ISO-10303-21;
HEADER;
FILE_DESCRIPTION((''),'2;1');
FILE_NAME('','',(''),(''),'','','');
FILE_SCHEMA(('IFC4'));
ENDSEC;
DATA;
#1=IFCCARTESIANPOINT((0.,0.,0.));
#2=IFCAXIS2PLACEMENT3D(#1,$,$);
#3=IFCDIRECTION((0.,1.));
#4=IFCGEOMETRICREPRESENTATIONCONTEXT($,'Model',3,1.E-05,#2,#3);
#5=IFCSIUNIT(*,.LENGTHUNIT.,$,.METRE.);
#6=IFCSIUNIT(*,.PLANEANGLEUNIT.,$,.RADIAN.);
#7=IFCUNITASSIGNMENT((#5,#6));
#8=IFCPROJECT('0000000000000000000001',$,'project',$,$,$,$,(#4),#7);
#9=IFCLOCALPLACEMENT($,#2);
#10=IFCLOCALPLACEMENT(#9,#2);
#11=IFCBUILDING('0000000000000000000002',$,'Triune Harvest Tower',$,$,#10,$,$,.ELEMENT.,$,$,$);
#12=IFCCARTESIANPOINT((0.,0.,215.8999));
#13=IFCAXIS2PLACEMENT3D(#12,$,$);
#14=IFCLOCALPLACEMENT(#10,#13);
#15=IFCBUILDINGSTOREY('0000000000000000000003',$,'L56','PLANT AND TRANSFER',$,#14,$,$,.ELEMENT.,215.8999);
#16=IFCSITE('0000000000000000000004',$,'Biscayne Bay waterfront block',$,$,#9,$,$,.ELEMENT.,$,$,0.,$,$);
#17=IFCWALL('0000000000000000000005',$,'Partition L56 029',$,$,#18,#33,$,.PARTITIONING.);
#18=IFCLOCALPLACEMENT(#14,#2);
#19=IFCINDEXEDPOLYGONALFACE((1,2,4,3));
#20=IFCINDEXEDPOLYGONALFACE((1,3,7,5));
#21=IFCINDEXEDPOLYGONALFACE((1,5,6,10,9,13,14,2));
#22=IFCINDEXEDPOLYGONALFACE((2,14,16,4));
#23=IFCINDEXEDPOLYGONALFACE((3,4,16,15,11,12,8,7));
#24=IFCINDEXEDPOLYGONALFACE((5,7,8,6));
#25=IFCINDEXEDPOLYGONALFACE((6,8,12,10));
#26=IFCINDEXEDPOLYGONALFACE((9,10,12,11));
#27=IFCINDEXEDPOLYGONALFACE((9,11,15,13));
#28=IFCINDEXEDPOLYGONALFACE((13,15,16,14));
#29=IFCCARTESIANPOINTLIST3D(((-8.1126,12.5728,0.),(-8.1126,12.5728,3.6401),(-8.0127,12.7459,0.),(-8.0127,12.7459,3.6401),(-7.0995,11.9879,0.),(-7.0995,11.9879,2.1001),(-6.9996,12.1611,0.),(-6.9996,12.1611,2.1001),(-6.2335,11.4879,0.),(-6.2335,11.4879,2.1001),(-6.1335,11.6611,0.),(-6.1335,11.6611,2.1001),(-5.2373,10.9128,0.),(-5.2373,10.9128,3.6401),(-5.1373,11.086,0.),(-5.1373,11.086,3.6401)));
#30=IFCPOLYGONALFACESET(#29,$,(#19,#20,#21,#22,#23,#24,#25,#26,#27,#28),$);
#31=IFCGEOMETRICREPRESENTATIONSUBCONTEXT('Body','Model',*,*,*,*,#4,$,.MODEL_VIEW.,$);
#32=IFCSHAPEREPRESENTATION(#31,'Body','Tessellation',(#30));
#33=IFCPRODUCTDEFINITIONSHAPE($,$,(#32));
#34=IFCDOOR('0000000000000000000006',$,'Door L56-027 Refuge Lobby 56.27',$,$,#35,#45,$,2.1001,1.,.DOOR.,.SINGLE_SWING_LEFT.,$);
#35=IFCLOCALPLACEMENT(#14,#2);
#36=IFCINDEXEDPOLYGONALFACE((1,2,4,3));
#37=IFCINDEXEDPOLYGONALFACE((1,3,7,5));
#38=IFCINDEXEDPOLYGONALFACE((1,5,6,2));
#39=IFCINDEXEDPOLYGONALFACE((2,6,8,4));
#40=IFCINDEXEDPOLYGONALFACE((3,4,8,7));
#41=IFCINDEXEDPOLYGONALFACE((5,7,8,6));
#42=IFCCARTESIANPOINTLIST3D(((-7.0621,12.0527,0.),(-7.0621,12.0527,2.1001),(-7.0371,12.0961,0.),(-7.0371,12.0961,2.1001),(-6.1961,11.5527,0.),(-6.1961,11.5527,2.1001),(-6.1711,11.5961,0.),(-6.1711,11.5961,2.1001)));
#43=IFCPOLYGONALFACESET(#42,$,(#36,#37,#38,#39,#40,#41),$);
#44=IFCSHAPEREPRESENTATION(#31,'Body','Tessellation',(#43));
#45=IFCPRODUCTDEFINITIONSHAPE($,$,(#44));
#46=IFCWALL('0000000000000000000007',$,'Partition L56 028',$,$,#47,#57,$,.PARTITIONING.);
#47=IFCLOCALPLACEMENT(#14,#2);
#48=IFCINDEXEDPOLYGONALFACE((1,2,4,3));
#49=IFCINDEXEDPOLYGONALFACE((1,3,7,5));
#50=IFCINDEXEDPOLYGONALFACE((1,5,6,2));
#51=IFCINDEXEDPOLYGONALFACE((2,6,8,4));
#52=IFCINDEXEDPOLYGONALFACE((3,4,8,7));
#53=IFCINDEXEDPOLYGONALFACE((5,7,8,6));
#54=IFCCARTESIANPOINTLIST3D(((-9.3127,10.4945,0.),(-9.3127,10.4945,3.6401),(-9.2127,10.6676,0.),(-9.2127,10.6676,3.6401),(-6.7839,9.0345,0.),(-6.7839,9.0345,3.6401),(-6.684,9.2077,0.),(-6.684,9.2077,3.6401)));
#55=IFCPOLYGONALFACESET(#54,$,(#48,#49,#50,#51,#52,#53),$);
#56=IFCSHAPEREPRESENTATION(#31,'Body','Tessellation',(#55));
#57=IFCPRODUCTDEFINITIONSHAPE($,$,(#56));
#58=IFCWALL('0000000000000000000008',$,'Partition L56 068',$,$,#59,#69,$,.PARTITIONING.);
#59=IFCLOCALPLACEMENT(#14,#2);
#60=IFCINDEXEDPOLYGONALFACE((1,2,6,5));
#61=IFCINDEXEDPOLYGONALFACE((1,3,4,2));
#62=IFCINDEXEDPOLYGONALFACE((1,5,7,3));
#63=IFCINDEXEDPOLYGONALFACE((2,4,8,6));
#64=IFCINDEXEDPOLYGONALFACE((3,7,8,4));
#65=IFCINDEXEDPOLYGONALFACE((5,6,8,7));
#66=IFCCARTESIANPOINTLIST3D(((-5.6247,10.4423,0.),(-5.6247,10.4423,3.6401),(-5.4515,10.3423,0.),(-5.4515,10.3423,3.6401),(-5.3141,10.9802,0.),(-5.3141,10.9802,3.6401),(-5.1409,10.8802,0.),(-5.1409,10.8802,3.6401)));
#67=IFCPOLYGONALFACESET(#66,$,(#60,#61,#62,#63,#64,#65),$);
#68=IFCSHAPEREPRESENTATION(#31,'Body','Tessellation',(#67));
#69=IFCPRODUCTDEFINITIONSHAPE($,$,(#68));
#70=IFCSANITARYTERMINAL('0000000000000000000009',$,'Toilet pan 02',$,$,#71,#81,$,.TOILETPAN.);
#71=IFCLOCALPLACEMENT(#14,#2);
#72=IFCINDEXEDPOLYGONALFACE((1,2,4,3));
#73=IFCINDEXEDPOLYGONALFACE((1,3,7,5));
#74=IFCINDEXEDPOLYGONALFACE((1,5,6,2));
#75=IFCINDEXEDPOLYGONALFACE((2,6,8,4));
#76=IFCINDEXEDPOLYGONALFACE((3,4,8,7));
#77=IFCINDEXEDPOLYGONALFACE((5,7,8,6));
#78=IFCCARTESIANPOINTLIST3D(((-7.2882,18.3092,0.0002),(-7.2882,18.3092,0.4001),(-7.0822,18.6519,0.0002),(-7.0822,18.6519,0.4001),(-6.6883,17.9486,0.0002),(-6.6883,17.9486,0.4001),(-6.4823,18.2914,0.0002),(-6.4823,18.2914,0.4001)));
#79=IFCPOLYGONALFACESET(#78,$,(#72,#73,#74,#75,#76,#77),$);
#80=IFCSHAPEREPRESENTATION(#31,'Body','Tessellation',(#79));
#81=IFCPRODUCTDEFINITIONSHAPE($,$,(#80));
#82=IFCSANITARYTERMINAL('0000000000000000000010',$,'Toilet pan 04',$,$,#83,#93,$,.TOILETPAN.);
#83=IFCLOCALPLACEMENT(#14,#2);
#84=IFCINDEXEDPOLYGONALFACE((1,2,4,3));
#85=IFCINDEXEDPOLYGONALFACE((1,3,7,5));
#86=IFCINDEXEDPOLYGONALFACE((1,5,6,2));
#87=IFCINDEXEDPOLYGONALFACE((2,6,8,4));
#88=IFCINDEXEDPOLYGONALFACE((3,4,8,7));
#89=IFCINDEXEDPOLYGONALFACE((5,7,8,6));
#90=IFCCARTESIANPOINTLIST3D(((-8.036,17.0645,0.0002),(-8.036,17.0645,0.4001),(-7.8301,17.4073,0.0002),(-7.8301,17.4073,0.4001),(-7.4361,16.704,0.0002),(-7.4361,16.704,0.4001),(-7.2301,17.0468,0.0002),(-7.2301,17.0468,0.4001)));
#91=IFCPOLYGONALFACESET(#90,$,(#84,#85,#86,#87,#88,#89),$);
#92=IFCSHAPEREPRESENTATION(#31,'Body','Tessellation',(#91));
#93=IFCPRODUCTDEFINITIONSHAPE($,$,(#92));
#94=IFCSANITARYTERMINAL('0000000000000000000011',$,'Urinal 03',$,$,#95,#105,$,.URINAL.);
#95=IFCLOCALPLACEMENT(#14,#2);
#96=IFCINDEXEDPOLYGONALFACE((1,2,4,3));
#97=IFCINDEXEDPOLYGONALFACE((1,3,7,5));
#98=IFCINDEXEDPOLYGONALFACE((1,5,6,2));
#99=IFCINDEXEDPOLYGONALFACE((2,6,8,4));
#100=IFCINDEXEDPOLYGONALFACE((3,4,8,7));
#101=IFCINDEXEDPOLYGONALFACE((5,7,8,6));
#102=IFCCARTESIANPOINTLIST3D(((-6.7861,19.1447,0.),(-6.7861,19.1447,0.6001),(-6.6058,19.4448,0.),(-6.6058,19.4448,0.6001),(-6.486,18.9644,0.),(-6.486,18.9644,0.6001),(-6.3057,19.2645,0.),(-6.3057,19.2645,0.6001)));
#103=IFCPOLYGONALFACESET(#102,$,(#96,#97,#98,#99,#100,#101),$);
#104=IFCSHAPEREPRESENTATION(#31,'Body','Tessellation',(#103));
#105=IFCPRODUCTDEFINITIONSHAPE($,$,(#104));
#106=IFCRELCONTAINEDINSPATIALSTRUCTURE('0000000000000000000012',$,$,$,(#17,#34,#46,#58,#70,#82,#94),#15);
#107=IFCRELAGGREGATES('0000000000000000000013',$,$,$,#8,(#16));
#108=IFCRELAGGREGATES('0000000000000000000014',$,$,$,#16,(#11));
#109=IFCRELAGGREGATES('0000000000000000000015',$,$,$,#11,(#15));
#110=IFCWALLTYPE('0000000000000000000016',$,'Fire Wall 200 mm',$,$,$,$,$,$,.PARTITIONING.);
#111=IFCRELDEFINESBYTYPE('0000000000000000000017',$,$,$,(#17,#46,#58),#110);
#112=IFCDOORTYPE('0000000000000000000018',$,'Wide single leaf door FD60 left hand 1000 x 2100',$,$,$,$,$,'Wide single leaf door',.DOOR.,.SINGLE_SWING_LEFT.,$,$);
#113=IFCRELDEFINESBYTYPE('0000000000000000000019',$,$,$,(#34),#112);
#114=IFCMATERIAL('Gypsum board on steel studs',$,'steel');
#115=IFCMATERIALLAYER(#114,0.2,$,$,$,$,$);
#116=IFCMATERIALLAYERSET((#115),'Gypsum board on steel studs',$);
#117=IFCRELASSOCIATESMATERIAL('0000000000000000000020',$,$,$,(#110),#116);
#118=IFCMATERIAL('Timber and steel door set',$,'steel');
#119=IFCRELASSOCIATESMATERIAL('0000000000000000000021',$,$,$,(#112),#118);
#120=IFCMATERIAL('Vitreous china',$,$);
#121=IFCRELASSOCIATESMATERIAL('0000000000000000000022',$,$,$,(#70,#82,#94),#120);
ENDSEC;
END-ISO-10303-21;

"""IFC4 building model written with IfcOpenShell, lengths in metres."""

from ifc_helpers import new_model, si_unit, direction, frame, frame_2d, origin, origin_2d, place, context, subcontext, project, spatial, rectangle, extrude, source, transform, mapped, material, layer, layer_set, type_object, element, fill, save


model = new_model("IFC4")

# Units and contexts
model_context = context("Model", 3, precision=1e-05, world=origin(), true_north=direction((0.0, 1.0)))
body_context = subcontext(model_context, "Body", "Model", "MODEL_VIEW")
ifc_project = project(units=[si_unit("LENGTHUNIT", "METRE"), si_unit("PLANEANGLEUNIT", "RADIAN")], contexts=[model_context])

# Site, building, storey
site_placement = place(None, origin())
site = spatial("IfcSite", under=ifc_project, at=site_placement, Name="Biscayne Bay waterfront block", CompositionType="ELEMENT", RefElevation=0.0)
building_placement = place(site_placement, origin())
building = spatial("IfcBuilding", under=site, at=building_placement, Name="Triune Harvest Tower", CompositionType="ELEMENT")
storey_placement = place(building_placement, frame((0.0, 0.0, 215.8999)))
storey = spatial("IfcBuildingStorey", under=building, at=storey_placement, Name="L56", Description="PLANT AND TRANSFER", CompositionType="ELEMENT", Elevation=215.8999)

# Shared definitions
ifc_material_1 = material(Name="Gypsum board on steel studs", Category="steel")
ifc_layer_1 = layer(ifc_material_1, 0.2)
ifc_layer_set_1 = layer_set([ifc_layer_1], Name="Gypsum board on steel studs")
wall_type_1 = type_object("IfcWallType", Name="Fire Wall 200 mm", PredefinedType="PARTITIONING", material=ifc_layer_set_1)

# Wall, opening, door
shared_shape_1 = source(origin(), body_context, "Body", "SweptSolid", [
    extrude(rectangle(XDim=3.3201, YDim=0.2, at=frame_2d((1.6602, 0.0))), origin(), (0.0, 0.0, 1.0), 3.6401),
])
wall_1_placement = place(storey_placement, frame((-8.0627, 12.6594, 0.0), z_axis=(0.0, 0.0, 1.0), x_axis=(0.86604, -0.499975, 0.0)))
wall_1 = element("IfcWall", 1, at=wall_1_placement, inside=storey, type_object=wall_type_1, Name="Partition L56 029", PredefinedType="PARTITIONING", context=body_context, shape_type="MappedRepresentation", body=[
    mapped(shared_shape_1, transform((0.0, 0.0, 0.0), scale=1.0)),
])
opening_1_placement = place(wall_1_placement, frame((1.1699, 0.0, 0.0)))
opening_1 = element("IfcOpeningElement", 2, at=opening_1_placement, cuts=wall_1, PredefinedType="OPENING", context=body_context, shape_type="SweptSolid", body=[
    extrude(rectangle(XDim=1.0, YDim=2.1001, at=frame_2d((0.5, 1.05))), frame((0.0, 0.1099, 0.0), z_axis=(0.0, -1.0, 0.0), x_axis=(1.0, 0.0, 0.0)), (0.0, 0.0, 1.0), 0.22),
])
ifc_material_2 = material(Name="Timber and steel door set", Category="steel")
door_type_1 = type_object("IfcDoorType", Name="Wide single leaf door FD60 left hand 1000 x 2100", ElementType="Wide single leaf door", OperationType="SINGLE_SWING_LEFT", PredefinedType="DOOR", material=ifc_material_2)
door_1_placement = place(opening_1_placement, origin())
door_1 = element("IfcDoor", 3, at=door_1_placement, inside=storey, type_object=door_type_1, Name="Door L56-027 Refuge Lobby 56.27", OperationType="SINGLE_SWING_LEFT", OverallHeight=2.1001, OverallWidth=1.0, PredefinedType="DOOR", context=body_context, shape_type="SweptSolid", body=[
    extrude(rectangle(XDim=1.0, YDim=2.1001, at=frame_2d((0.5, 1.05))), frame((0.0, 0.0249, 0.0), z_axis=(0.0, -1.0, 0.0), x_axis=(1.0, 0.0, 0.0)), (0.0, 0.0, 1.0), 0.05),
])
fill(opening_1, door_1)

# Walls
shared_shape_2 = source(origin(), body_context, "Body", "SweptSolid", [
    extrude(rectangle(XDim=2.9199, YDim=0.2, at=frame_2d((1.46, 0.0))), origin(), (0.0, 0.0, 1.0), 3.6401),
])
wall_2_placement = place(storey_placement, frame((-9.2627, 10.5811, 0.0), z_axis=(0.0, 0.0, 1.0), x_axis=(0.866032, -0.499988, 0.0)))
element("IfcWall", 4, at=wall_2_placement, inside=storey, type_object=wall_type_1, Name="Partition L56 028", PredefinedType="PARTITIONING", context=body_context, shape_type="MappedRepresentation", body=[
    mapped(shared_shape_2, transform((0.0, 0.0, 0.0), scale=1.0)),
])
shared_shape_3 = source(origin(), body_context, "Body", "SweptSolid", [
    extrude(rectangle(XDim=0.6211, YDim=0.2, at=frame_2d((0.3105, 0.0))), origin(), (0.0, 0.0, 1.0), 3.6401),
])
wall_3_placement = place(storey_placement, frame((-5.5381, 10.3923, 0.0), z_axis=(0.0, 0.0, 1.0), x_axis=(0.500029, 0.866009, 0.0)))
element("IfcWall", 5, at=wall_3_placement, inside=storey, type_object=wall_type_1, Name="Partition L56 068", PredefinedType="PARTITIONING", context=body_context, shape_type="MappedRepresentation", body=[
    mapped(shared_shape_3, transform((0.0, 0.0, 0.0), scale=1.0)),
])

# Sanitary terminals
ifc_material_3 = material(Name="Vitreous china")
shared_shape_4 = source(origin(), body_context, "Body", "SweptSolid", [
    extrude(rectangle(XDim=0.3999, YDim=0.7, at=origin_2d()), origin(), (0.0, 0.0, 1.0), 0.3999),
])
for number, where, z_axis, x_axis, name in (
    (6, (-6.8853, 18.3003, 0.0002), (0.0, 0.0, 1.0), (0.515068, 0.857149, 0.0), "Toilet pan 02"),
    (7, (-7.6331, 17.0557, 0.0002), (0.0, 0.0, 1.0), (0.515053, 0.857158, 0.0), "Toilet pan 04"),
):
    element("IfcSanitaryTerminal", number, at=place(storey_placement, frame(where, z_axis=z_axis, x_axis=x_axis)), inside=storey, material=ifc_material_3, Name=name, PredefinedType="TOILETPAN", context=body_context, shape_type="MappedRepresentation", body=[
        mapped(shared_shape_4, transform((0.0, 0.0, 0.0), scale=1.0)),
    ])
shared_shape_5 = source(origin(), body_context, "Body", "SweptSolid", [
    extrude(rectangle(XDim=0.3501, YDim=0.3501, at=origin_2d()), origin(), (0.0, 0.0, 1.0), 0.6001),
])
sanitary_terminal_placement = place(storey_placement, frame((-6.5459, 19.2046, 0.0), z_axis=(0.0, 0.0, 1.0), x_axis=(0.515068, 0.857149, 0.0)))
element("IfcSanitaryTerminal", 8, at=sanitary_terminal_placement, inside=storey, material=ifc_material_3, Name="Urinal 03", PredefinedType="URINAL", context=body_context, shape_type="MappedRepresentation", body=[
    mapped(shared_shape_5, transform((0.0, 0.0, 0.0), scale=1.0)),
])

save(model, "model.ifc")
